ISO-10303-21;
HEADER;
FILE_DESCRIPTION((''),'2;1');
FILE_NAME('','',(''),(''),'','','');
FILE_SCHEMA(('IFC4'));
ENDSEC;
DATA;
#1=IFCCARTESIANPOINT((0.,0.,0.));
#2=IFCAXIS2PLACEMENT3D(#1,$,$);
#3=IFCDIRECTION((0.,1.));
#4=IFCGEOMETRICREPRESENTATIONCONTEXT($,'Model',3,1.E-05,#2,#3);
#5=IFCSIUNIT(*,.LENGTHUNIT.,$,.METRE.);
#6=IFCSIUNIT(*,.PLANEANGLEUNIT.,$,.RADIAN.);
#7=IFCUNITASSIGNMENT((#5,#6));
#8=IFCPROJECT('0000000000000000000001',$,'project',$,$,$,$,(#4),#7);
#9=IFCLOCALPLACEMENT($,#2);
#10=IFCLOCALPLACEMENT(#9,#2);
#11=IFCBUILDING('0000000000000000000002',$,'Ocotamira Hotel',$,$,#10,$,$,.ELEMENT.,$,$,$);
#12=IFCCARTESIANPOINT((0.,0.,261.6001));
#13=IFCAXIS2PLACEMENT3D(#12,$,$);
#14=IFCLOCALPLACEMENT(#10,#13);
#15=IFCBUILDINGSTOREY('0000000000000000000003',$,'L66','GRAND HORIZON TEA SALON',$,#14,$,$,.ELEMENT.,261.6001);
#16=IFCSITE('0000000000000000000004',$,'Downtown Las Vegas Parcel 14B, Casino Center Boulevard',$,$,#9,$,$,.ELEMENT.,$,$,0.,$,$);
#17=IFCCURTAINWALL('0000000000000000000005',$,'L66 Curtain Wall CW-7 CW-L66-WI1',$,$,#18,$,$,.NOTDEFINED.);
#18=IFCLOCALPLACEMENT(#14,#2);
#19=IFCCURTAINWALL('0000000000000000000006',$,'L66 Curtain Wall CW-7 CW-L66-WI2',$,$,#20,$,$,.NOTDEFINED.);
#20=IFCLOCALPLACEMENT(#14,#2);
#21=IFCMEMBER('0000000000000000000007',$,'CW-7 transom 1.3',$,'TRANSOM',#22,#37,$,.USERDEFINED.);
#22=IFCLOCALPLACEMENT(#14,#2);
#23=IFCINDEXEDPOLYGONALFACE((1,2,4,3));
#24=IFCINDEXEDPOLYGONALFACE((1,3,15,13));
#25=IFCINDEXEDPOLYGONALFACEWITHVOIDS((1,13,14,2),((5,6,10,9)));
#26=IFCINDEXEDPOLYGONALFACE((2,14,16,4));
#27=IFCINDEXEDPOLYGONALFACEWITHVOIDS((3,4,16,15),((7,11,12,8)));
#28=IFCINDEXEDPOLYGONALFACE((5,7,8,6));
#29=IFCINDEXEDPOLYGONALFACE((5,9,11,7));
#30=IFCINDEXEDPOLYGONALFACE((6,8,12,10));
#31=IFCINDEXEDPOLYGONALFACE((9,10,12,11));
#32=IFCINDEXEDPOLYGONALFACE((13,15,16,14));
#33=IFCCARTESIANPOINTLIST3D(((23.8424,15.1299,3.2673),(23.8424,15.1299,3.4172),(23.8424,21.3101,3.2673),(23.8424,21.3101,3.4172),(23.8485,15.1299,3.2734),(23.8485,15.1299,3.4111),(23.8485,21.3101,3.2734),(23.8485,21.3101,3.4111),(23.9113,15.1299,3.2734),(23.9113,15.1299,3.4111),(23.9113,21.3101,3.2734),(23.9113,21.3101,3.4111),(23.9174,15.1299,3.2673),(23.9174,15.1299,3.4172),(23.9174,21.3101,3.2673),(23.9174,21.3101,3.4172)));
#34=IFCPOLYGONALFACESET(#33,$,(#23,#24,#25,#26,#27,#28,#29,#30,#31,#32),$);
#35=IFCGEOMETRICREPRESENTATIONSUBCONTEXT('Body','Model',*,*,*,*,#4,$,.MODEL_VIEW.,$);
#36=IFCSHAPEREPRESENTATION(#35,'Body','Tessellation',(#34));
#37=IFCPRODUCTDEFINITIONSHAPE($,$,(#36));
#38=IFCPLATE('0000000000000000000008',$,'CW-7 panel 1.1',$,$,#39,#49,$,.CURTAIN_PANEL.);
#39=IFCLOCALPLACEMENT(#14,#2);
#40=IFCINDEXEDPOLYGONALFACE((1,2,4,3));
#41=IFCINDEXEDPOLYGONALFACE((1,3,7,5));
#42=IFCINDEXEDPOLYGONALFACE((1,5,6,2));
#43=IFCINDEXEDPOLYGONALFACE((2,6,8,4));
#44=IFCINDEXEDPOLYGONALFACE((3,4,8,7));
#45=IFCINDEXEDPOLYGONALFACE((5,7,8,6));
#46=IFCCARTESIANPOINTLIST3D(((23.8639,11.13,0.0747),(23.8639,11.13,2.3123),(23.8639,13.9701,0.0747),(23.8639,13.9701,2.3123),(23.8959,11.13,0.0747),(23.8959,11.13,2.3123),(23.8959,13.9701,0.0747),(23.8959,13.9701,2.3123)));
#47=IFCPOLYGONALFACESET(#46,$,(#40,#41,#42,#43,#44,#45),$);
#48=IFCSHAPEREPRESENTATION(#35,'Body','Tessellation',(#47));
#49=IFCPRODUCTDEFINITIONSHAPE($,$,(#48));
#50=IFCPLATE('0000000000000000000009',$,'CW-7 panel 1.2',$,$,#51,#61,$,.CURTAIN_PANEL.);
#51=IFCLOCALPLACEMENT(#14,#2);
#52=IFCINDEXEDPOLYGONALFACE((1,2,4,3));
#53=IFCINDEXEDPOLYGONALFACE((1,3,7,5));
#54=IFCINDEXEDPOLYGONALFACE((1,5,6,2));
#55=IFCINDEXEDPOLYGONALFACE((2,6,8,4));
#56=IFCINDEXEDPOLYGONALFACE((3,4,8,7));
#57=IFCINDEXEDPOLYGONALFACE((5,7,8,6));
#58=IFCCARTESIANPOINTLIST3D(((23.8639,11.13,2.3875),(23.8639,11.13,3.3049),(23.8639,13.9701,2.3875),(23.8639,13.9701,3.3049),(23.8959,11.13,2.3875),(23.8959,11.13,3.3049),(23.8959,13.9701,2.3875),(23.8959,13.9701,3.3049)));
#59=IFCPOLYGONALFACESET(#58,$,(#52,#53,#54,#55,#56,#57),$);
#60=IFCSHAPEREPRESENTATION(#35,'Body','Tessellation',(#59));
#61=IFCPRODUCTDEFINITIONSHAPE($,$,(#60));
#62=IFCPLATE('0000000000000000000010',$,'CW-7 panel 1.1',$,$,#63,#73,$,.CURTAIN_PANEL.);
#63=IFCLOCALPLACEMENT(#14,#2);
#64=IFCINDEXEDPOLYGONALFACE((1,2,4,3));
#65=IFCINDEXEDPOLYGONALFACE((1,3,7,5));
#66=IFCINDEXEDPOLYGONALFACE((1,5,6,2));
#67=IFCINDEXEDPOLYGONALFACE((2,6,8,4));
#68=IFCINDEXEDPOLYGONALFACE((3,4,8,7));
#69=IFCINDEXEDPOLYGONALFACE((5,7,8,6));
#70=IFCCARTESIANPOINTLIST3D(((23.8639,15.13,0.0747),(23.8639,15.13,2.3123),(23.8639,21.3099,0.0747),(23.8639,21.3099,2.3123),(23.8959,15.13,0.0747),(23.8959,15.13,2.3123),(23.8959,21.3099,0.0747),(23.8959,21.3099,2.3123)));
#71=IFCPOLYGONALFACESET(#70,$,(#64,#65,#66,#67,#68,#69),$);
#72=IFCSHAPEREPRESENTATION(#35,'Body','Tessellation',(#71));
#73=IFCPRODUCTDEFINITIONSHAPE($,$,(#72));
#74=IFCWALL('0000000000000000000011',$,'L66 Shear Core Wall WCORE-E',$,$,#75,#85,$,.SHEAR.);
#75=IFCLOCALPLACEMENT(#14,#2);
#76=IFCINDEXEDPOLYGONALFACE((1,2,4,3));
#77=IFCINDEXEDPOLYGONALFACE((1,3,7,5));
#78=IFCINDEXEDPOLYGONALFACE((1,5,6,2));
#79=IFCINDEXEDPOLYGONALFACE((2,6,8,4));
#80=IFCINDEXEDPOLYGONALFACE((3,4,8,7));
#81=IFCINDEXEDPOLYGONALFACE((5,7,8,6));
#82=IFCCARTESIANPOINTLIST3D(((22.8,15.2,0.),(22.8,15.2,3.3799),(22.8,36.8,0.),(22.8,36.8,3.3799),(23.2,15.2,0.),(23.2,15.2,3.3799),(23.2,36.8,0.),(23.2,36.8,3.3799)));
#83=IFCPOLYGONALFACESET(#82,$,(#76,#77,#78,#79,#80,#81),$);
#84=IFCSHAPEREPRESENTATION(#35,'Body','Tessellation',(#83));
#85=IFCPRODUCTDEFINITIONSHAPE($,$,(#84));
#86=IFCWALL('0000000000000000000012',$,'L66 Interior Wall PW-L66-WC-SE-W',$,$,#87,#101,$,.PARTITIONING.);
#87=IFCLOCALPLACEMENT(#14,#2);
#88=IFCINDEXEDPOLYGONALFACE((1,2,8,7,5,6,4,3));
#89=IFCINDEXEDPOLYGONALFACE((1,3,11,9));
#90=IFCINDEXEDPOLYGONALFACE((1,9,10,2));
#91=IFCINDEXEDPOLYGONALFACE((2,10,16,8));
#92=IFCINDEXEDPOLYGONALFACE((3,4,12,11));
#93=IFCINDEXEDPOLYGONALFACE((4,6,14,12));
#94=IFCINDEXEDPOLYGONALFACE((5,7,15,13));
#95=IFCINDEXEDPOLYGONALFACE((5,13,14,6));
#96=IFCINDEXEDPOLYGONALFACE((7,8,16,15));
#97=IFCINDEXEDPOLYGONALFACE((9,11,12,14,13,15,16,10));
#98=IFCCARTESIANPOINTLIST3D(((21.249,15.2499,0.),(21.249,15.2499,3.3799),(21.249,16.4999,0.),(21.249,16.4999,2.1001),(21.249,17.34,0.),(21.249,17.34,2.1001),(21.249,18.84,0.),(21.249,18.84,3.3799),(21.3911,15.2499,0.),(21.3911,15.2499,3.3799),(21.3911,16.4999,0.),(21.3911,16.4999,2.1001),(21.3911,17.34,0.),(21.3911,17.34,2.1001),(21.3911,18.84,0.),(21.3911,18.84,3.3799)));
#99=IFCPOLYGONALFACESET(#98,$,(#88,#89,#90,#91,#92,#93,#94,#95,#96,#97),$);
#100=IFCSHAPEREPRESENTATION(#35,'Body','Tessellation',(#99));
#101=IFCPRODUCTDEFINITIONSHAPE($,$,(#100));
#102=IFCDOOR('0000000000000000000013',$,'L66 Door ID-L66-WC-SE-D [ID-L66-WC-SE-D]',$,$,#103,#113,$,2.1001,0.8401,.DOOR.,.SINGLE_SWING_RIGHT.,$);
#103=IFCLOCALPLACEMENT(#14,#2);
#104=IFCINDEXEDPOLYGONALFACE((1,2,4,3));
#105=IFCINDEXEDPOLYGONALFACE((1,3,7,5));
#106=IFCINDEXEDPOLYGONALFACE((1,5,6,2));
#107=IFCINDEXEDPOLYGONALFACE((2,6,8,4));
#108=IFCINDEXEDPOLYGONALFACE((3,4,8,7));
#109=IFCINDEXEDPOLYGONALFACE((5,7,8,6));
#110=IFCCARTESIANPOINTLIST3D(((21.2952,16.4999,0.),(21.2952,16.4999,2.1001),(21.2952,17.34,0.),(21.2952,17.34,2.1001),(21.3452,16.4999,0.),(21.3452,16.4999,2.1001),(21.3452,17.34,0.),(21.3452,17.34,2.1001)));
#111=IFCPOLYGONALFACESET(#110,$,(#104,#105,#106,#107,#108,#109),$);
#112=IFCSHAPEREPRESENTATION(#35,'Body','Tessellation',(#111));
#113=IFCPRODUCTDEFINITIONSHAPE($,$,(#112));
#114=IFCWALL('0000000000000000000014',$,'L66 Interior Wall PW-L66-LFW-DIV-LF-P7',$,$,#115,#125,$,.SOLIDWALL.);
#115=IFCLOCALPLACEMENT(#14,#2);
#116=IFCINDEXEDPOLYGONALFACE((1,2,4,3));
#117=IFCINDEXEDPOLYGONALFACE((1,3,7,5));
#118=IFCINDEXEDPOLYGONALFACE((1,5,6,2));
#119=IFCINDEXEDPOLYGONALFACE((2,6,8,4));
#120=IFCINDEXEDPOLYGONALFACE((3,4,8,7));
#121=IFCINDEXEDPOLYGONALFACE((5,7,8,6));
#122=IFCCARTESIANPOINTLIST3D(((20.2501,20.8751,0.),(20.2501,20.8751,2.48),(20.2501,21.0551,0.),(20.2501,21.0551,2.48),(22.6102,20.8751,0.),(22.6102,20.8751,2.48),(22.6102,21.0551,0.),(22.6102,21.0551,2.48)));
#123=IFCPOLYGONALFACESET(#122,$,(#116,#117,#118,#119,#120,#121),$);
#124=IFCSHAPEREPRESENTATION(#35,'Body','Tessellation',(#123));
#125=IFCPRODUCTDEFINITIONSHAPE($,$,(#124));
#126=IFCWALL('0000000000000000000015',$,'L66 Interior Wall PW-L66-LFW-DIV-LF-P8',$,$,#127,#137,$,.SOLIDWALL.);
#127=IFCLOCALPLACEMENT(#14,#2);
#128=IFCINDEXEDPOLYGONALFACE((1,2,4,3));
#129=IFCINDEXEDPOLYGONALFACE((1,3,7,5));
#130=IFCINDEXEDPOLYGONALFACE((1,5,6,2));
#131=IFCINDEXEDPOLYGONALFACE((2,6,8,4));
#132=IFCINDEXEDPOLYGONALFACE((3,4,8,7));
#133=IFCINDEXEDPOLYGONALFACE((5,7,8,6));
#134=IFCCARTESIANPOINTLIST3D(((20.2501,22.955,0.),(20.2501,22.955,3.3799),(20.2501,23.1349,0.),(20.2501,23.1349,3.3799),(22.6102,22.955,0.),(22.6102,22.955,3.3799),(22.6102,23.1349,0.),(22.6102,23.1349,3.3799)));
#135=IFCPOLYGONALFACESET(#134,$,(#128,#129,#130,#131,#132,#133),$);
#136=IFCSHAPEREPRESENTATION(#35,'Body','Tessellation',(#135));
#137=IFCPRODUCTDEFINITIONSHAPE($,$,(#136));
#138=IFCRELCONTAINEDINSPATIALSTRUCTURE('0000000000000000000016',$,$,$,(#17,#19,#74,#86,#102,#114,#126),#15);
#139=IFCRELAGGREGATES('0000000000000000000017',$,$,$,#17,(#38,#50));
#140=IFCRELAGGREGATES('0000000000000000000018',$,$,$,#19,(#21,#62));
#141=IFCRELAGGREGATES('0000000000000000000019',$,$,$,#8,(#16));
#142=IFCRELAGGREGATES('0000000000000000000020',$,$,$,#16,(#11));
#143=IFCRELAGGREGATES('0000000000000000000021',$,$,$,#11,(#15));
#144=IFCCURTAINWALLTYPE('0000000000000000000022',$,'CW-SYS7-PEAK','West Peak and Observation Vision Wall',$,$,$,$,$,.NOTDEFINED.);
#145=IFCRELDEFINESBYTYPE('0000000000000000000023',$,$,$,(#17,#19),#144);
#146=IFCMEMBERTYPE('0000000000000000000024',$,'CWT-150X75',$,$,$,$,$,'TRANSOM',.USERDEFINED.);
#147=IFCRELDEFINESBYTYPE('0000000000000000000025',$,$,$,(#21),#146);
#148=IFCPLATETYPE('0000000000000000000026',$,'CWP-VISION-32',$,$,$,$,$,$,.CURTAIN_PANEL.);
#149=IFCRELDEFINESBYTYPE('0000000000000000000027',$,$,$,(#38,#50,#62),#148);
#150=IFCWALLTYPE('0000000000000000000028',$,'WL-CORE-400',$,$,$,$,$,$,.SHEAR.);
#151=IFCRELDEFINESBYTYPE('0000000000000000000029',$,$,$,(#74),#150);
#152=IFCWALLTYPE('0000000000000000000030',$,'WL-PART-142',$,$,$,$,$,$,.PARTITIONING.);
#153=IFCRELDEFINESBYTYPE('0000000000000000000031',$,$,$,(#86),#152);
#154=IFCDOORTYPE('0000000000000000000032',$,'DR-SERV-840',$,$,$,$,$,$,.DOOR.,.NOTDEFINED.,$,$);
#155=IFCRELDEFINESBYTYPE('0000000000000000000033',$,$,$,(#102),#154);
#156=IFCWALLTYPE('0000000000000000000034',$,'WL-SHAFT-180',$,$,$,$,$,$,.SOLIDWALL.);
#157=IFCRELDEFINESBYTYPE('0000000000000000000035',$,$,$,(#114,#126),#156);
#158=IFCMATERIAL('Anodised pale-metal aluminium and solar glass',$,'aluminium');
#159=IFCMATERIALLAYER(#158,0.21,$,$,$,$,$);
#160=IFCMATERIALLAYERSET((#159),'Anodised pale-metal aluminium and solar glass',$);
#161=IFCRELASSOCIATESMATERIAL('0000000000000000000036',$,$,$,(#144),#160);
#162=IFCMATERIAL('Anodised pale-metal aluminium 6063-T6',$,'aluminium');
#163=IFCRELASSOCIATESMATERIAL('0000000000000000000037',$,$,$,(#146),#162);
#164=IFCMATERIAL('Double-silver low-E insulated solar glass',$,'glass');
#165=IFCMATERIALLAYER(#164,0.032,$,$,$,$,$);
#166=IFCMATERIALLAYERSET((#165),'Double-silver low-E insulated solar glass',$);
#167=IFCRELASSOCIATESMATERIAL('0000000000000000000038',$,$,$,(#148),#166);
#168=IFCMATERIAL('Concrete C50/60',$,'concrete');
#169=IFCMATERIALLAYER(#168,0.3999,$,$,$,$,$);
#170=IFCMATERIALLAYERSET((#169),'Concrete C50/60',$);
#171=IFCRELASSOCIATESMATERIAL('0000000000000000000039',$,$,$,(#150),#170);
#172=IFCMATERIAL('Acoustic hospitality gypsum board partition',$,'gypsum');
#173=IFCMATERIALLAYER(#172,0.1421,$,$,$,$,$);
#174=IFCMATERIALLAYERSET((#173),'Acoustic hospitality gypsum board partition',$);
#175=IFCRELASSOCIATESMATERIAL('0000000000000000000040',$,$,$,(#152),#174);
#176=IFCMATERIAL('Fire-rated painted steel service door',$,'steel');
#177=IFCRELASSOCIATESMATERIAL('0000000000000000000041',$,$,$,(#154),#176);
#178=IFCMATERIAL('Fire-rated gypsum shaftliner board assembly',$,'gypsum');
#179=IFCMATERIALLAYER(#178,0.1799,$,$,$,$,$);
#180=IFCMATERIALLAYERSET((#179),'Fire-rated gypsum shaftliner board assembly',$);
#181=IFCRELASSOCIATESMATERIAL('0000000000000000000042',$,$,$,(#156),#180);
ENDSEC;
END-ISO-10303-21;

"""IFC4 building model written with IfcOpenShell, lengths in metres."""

from ifc_helpers import new_model, si_unit, direction, frame, frame_2d, origin, origin_2d, place, context, subcontext, project, spatial, rectangle, hollow_rectangle, extrude, source, transform, mapped, material, layer, layer_set, material_profile, profile_set, type_object, element, fill, aggregate, save


model = new_model("IFC4")

# Units and contexts
model_context = context("Model", 3, precision=1e-05, world=origin(), true_north=direction((0.0, 1.0)))
body_context = subcontext(model_context, "Body", "Model", "MODEL_VIEW")
ifc_project = project(units=[si_unit("LENGTHUNIT", "METRE"), si_unit("PLANEANGLEUNIT", "RADIAN")], contexts=[model_context])

# Site, building, storey
site_placement = place(None, origin())
site = spatial("IfcSite", under=ifc_project, at=site_placement, Name="Downtown Las Vegas Parcel 14B, Casino Center Boulevard", CompositionType="ELEMENT", RefElevation=0.0)
building_placement = place(site_placement, origin())
building = spatial("IfcBuilding", under=site, at=building_placement, Name="Ocotamira Hotel", CompositionType="ELEMENT")
storey_placement = place(building_placement, frame((0.0, 0.0, 261.6001)))
storey = spatial("IfcBuildingStorey", under=building, at=storey_placement, Name="L66", Description="GRAND HORIZON TEA SALON", CompositionType="ELEMENT", Elevation=261.6001)

# Curtain wall
ifc_material_1 = material(Name="Anodised pale-metal aluminium and solar glass", Category="aluminium")
ifc_layer_1 = layer(ifc_material_1, 0.21)
ifc_layer_set_1 = layer_set([ifc_layer_1], Name="Anodised pale-metal aluminium and solar glass")
curtain_wall_type = type_object("IfcCurtainWallType", Name="CW-SYS7-PEAK", Description="West Peak and Observation Vision Wall", PredefinedType="NOTDEFINED", material=ifc_layer_set_1)
curtain_wall_1_placement = place(storey_placement, origin())
curtain_wall_1 = element("IfcCurtainWall", 1, at=curtain_wall_1_placement, inside=storey, type_object=curtain_wall_type, Name="L66 Curtain Wall CW-7 CW-L66-WI1", PredefinedType="NOTDEFINED")
ifc_material_2 = material(Name="Anodised pale-metal aluminium 6063-T6", Category="aluminium")

# Curtain wall, member
curtain_wall_2_placement = place(storey_placement, origin())
curtain_wall_2 = element("IfcCurtainWall", 2, at=curtain_wall_2_placement, inside=storey, type_object=curtain_wall_type, Name="L66 Curtain Wall CW-7 CW-L66-WI2", PredefinedType="NOTDEFINED")
ifc_material_profile_1 = material_profile(ifc_material_2, hollow_rectangle(XDim=0.075, YDim=0.1499, WallThickness=0.0061, at=origin_2d()), Name="HSS150X75X6")
ifc_profile_set_1 = profile_set([ifc_material_profile_1], Name="Anodised pale-metal aluminium 6063-T6")
member_type_1 = type_object("IfcMemberType", Name="CWT-150X75", ElementType="TRANSOM", PredefinedType="USERDEFINED", material=ifc_profile_set_1)
shared_shape_1 = source(origin(), body_context, "Body", "SweptSolid", [
    extrude(hollow_rectangle(XDim=0.075, YDim=0.1499, WallThickness=0.0061, at=origin_2d()), origin(), (0.0, 0.0, 1.0), 6.1802),
])
member_1_placement = place(storey_placement, frame((23.8799, 15.1299, 3.3423), z_axis=(0.0, 1.0, 0.0), x_axis=(-1.0, 0.0, 0.0)))
member_1 = element("IfcMember", 3, at=member_1_placement, type_object=member_type_1, Name="CW-7 transom 1.3", ObjectType="TRANSOM", PredefinedType="USERDEFINED", context=body_context, shape_type="MappedRepresentation", body=[
    mapped(shared_shape_1, transform((0.0, 0.0, 0.0), scale=1.0)),
])

# Plates
ifc_material_3 = material(Name="Double-silver low-E insulated solar glass", Category="glass")
ifc_layer_2 = layer(ifc_material_3, 0.032)
ifc_layer_set_2 = layer_set([ifc_layer_2], Name="Double-silver low-E insulated solar glass")
plate_type = type_object("IfcPlateType", Name="CWP-VISION-32", PredefinedType="CURTAIN_PANEL", material=ifc_layer_set_2)
shared_shape_2 = source(origin(), body_context, "Body", "SweptSolid", [
    extrude(rectangle(XDim=2.8401, YDim=0.032, at=origin_2d()), origin(), (0.0, 0.0, 1.0), 2.2375),
])
plate_1_placement = place(storey_placement, frame((23.8799, 12.55, 0.0747), z_axis=(0.0, 0.0, 1.0), x_axis=(0.0, 1.0, 0.0)))
plate_1 = element("IfcPlate", 4, at=plate_1_placement, type_object=plate_type, Name="CW-7 panel 1.1", PredefinedType="CURTAIN_PANEL", context=body_context, shape_type="MappedRepresentation", body=[
    mapped(shared_shape_2, transform((0.0, 0.0, 0.0), scale=1.0)),
])
shared_shape_3 = source(origin(), body_context, "Body", "SweptSolid", [
    extrude(rectangle(XDim=2.8401, YDim=0.032, at=origin_2d()), origin(), (0.0, 0.0, 1.0), 0.9175),
])
plate_2_placement = place(storey_placement, frame((23.8799, 12.55, 2.3875), z_axis=(0.0, 0.0, 1.0), x_axis=(0.0, 1.0, 0.0)))
plate_2 = element("IfcPlate", 5, at=plate_2_placement, type_object=plate_type, Name="CW-7 panel 1.2", PredefinedType="CURTAIN_PANEL", context=body_context, shape_type="MappedRepresentation", body=[
    mapped(shared_shape_3, transform((0.0, 0.0, 0.0), scale=1.0)),
])
aggregate(curtain_wall_1, [plate_1, plate_2])
shared_shape_4 = source(origin(), body_context, "Body", "SweptSolid", [
    extrude(rectangle(XDim=6.1799, YDim=0.032, at=origin_2d()), origin(), (0.0, 0.0, 1.0), 2.2375),
])
plate_3_placement = place(storey_placement, frame((23.8799, 18.22, 0.0747), z_axis=(0.0, 0.0, 1.0), x_axis=(0.0, 1.0, 0.0)))
plate_3 = element("IfcPlate", 6, at=plate_3_placement, type_object=plate_type, Name="CW-7 panel 1.1", PredefinedType="CURTAIN_PANEL", context=body_context, shape_type="MappedRepresentation", body=[
    mapped(shared_shape_4, transform((0.0, 0.0, 0.0), scale=1.0)),
])
aggregate(curtain_wall_2, [member_1, plate_3])

# Wall
ifc_material_4 = material(Name="Concrete C50/60", Category="concrete")
ifc_layer_3 = layer(ifc_material_4, 0.3999)
ifc_layer_set_3 = layer_set([ifc_layer_3], Name="Concrete C50/60")
wall_type_1 = type_object("IfcWallType", Name="WL-CORE-400", PredefinedType="SHEAR", material=ifc_layer_set_3)
wall_1_placement = place(storey_placement, frame((23.0, 15.2, 0.0), z_axis=(0.0, 0.0, 1.0), x_axis=(0.0, 1.0, 0.0)))
element("IfcWall", 7, at=wall_1_placement, inside=storey, type_object=wall_type_1, Name="L66 Shear Core Wall WCORE-E", PredefinedType="SHEAR", context=body_context, shape_type="SweptSolid", body=[
    extrude(rectangle(XDim=21.6001, YDim=0.3999, at=frame_2d((10.8, 0.0))), origin(), (0.0, 0.0, 1.0), 3.3799),
])

# Wall, opening, door
ifc_material_5 = material(Name="Acoustic hospitality gypsum board partition", Category="gypsum")
ifc_layer_4 = layer(ifc_material_5, 0.1421)
ifc_layer_set_4 = layer_set([ifc_layer_4], Name="Acoustic hospitality gypsum board partition")
wall_type_2 = type_object("IfcWallType", Name="WL-PART-142", PredefinedType="PARTITIONING", material=ifc_layer_set_4)
wall_2_placement = place(storey_placement, frame((21.3201, 15.25, 0.0), z_axis=(0.0, 0.0, 1.0), x_axis=(0.0, 1.0, 0.0)))
wall_2 = element("IfcWall", 8, at=wall_2_placement, inside=storey, type_object=wall_type_2, Name="L66 Interior Wall PW-L66-WC-SE-W", PredefinedType="PARTITIONING", context=body_context, shape_type="SweptSolid", body=[
    extrude(rectangle(XDim=3.5901, YDim=0.1421, at=frame_2d((1.7949, 0.0))), origin(), (0.0, 0.0, 1.0), 3.3799),
])
opening_placement = place(wall_2_placement, frame((1.25, 0.0, 0.0)))
opening = element("IfcOpeningElement", 9, at=opening_placement, cuts=wall_2, PredefinedType="OPENING", context=body_context, shape_type="SweptSolid", body=[
    extrude(rectangle(XDim=0.8401, YDim=2.1001, at=frame_2d((0.4199, 1.05))), frame((0.0, 0.0811, 0.0), z_axis=(0.0, -1.0, 0.0), x_axis=(1.0, 0.0, 0.0)), (0.0, 0.0, 1.0), 0.1621),
])
ifc_material_6 = material(Name="Fire-rated painted steel service door", Category="steel")
door_type = type_object("IfcDoorType", Name="DR-SERV-840", OperationType="NOTDEFINED", PredefinedType="DOOR", material=ifc_material_6)
shared_shape_5 = source(origin(), body_context, "Body", "SweptSolid", [
    extrude(rectangle(XDim=0.8401, YDim=2.1001, at=frame_2d((0.4199, 1.05))), frame((0.0, 0.0249, 0.0), z_axis=(0.0, -1.0, 0.0), x_axis=(1.0, 0.0, 0.0)), (0.0, 0.0, 1.0), 0.05),
])
door_placement = place(opening_placement, origin())
door = element("IfcDoor", 10, at=door_placement, inside=storey, type_object=door_type, Name="L66 Door ID-L66-WC-SE-D [ID-L66-WC-SE-D]", OperationType="SINGLE_SWING_RIGHT", OverallHeight=2.1001, OverallWidth=0.8401, PredefinedType="DOOR", context=body_context, shape_type="MappedRepresentation", body=[
    mapped(shared_shape_5, transform((0.0, 0.0, 0.0), scale=1.0)),
])
fill(opening, door)

# Walls
ifc_material_7 = material(Name="Fire-rated gypsum shaftliner board assembly", Category="gypsum")
ifc_layer_5 = layer(ifc_material_7, 0.1799)
ifc_layer_set_5 = layer_set([ifc_layer_5], Name="Fire-rated gypsum shaftliner board assembly")
wall_type_3 = type_object("IfcWallType", Name="WL-SHAFT-180", PredefinedType="SOLIDWALL", material=ifc_layer_set_5)
wall_3_placement = place(storey_placement, frame((20.25, 20.9651, 0.0), z_axis=(0.0, 0.0, 1.0), x_axis=(1.0, 0.0, 0.0)))
element("IfcWall", 11, at=wall_3_placement, inside=storey, type_object=wall_type_3, Name="L66 Interior Wall PW-L66-LFW-DIV-LF-P7", PredefinedType="SOLIDWALL", context=body_context, shape_type="SweptSolid", body=[
    extrude(rectangle(XDim=2.3601, YDim=0.1799, at=frame_2d((1.1802, 0.0))), origin(), (0.0, 0.0, 1.0), 2.48),
])
wall_4_placement = place(storey_placement, frame((20.25, 23.0449, 0.0), z_axis=(0.0, 0.0, 1.0), x_axis=(1.0, 0.0, 0.0)))
element("IfcWall", 12, at=wall_4_placement, inside=storey, type_object=wall_type_3, Name="L66 Interior Wall PW-L66-LFW-DIV-LF-P8", PredefinedType="SOLIDWALL", context=body_context, shape_type="SweptSolid", body=[
    extrude(rectangle(XDim=2.3601, YDim=0.1799, at=frame_2d((1.1802, 0.0))), origin(), (0.0, 0.0, 1.0), 3.3799),
])

save(model, "model.ifc")
